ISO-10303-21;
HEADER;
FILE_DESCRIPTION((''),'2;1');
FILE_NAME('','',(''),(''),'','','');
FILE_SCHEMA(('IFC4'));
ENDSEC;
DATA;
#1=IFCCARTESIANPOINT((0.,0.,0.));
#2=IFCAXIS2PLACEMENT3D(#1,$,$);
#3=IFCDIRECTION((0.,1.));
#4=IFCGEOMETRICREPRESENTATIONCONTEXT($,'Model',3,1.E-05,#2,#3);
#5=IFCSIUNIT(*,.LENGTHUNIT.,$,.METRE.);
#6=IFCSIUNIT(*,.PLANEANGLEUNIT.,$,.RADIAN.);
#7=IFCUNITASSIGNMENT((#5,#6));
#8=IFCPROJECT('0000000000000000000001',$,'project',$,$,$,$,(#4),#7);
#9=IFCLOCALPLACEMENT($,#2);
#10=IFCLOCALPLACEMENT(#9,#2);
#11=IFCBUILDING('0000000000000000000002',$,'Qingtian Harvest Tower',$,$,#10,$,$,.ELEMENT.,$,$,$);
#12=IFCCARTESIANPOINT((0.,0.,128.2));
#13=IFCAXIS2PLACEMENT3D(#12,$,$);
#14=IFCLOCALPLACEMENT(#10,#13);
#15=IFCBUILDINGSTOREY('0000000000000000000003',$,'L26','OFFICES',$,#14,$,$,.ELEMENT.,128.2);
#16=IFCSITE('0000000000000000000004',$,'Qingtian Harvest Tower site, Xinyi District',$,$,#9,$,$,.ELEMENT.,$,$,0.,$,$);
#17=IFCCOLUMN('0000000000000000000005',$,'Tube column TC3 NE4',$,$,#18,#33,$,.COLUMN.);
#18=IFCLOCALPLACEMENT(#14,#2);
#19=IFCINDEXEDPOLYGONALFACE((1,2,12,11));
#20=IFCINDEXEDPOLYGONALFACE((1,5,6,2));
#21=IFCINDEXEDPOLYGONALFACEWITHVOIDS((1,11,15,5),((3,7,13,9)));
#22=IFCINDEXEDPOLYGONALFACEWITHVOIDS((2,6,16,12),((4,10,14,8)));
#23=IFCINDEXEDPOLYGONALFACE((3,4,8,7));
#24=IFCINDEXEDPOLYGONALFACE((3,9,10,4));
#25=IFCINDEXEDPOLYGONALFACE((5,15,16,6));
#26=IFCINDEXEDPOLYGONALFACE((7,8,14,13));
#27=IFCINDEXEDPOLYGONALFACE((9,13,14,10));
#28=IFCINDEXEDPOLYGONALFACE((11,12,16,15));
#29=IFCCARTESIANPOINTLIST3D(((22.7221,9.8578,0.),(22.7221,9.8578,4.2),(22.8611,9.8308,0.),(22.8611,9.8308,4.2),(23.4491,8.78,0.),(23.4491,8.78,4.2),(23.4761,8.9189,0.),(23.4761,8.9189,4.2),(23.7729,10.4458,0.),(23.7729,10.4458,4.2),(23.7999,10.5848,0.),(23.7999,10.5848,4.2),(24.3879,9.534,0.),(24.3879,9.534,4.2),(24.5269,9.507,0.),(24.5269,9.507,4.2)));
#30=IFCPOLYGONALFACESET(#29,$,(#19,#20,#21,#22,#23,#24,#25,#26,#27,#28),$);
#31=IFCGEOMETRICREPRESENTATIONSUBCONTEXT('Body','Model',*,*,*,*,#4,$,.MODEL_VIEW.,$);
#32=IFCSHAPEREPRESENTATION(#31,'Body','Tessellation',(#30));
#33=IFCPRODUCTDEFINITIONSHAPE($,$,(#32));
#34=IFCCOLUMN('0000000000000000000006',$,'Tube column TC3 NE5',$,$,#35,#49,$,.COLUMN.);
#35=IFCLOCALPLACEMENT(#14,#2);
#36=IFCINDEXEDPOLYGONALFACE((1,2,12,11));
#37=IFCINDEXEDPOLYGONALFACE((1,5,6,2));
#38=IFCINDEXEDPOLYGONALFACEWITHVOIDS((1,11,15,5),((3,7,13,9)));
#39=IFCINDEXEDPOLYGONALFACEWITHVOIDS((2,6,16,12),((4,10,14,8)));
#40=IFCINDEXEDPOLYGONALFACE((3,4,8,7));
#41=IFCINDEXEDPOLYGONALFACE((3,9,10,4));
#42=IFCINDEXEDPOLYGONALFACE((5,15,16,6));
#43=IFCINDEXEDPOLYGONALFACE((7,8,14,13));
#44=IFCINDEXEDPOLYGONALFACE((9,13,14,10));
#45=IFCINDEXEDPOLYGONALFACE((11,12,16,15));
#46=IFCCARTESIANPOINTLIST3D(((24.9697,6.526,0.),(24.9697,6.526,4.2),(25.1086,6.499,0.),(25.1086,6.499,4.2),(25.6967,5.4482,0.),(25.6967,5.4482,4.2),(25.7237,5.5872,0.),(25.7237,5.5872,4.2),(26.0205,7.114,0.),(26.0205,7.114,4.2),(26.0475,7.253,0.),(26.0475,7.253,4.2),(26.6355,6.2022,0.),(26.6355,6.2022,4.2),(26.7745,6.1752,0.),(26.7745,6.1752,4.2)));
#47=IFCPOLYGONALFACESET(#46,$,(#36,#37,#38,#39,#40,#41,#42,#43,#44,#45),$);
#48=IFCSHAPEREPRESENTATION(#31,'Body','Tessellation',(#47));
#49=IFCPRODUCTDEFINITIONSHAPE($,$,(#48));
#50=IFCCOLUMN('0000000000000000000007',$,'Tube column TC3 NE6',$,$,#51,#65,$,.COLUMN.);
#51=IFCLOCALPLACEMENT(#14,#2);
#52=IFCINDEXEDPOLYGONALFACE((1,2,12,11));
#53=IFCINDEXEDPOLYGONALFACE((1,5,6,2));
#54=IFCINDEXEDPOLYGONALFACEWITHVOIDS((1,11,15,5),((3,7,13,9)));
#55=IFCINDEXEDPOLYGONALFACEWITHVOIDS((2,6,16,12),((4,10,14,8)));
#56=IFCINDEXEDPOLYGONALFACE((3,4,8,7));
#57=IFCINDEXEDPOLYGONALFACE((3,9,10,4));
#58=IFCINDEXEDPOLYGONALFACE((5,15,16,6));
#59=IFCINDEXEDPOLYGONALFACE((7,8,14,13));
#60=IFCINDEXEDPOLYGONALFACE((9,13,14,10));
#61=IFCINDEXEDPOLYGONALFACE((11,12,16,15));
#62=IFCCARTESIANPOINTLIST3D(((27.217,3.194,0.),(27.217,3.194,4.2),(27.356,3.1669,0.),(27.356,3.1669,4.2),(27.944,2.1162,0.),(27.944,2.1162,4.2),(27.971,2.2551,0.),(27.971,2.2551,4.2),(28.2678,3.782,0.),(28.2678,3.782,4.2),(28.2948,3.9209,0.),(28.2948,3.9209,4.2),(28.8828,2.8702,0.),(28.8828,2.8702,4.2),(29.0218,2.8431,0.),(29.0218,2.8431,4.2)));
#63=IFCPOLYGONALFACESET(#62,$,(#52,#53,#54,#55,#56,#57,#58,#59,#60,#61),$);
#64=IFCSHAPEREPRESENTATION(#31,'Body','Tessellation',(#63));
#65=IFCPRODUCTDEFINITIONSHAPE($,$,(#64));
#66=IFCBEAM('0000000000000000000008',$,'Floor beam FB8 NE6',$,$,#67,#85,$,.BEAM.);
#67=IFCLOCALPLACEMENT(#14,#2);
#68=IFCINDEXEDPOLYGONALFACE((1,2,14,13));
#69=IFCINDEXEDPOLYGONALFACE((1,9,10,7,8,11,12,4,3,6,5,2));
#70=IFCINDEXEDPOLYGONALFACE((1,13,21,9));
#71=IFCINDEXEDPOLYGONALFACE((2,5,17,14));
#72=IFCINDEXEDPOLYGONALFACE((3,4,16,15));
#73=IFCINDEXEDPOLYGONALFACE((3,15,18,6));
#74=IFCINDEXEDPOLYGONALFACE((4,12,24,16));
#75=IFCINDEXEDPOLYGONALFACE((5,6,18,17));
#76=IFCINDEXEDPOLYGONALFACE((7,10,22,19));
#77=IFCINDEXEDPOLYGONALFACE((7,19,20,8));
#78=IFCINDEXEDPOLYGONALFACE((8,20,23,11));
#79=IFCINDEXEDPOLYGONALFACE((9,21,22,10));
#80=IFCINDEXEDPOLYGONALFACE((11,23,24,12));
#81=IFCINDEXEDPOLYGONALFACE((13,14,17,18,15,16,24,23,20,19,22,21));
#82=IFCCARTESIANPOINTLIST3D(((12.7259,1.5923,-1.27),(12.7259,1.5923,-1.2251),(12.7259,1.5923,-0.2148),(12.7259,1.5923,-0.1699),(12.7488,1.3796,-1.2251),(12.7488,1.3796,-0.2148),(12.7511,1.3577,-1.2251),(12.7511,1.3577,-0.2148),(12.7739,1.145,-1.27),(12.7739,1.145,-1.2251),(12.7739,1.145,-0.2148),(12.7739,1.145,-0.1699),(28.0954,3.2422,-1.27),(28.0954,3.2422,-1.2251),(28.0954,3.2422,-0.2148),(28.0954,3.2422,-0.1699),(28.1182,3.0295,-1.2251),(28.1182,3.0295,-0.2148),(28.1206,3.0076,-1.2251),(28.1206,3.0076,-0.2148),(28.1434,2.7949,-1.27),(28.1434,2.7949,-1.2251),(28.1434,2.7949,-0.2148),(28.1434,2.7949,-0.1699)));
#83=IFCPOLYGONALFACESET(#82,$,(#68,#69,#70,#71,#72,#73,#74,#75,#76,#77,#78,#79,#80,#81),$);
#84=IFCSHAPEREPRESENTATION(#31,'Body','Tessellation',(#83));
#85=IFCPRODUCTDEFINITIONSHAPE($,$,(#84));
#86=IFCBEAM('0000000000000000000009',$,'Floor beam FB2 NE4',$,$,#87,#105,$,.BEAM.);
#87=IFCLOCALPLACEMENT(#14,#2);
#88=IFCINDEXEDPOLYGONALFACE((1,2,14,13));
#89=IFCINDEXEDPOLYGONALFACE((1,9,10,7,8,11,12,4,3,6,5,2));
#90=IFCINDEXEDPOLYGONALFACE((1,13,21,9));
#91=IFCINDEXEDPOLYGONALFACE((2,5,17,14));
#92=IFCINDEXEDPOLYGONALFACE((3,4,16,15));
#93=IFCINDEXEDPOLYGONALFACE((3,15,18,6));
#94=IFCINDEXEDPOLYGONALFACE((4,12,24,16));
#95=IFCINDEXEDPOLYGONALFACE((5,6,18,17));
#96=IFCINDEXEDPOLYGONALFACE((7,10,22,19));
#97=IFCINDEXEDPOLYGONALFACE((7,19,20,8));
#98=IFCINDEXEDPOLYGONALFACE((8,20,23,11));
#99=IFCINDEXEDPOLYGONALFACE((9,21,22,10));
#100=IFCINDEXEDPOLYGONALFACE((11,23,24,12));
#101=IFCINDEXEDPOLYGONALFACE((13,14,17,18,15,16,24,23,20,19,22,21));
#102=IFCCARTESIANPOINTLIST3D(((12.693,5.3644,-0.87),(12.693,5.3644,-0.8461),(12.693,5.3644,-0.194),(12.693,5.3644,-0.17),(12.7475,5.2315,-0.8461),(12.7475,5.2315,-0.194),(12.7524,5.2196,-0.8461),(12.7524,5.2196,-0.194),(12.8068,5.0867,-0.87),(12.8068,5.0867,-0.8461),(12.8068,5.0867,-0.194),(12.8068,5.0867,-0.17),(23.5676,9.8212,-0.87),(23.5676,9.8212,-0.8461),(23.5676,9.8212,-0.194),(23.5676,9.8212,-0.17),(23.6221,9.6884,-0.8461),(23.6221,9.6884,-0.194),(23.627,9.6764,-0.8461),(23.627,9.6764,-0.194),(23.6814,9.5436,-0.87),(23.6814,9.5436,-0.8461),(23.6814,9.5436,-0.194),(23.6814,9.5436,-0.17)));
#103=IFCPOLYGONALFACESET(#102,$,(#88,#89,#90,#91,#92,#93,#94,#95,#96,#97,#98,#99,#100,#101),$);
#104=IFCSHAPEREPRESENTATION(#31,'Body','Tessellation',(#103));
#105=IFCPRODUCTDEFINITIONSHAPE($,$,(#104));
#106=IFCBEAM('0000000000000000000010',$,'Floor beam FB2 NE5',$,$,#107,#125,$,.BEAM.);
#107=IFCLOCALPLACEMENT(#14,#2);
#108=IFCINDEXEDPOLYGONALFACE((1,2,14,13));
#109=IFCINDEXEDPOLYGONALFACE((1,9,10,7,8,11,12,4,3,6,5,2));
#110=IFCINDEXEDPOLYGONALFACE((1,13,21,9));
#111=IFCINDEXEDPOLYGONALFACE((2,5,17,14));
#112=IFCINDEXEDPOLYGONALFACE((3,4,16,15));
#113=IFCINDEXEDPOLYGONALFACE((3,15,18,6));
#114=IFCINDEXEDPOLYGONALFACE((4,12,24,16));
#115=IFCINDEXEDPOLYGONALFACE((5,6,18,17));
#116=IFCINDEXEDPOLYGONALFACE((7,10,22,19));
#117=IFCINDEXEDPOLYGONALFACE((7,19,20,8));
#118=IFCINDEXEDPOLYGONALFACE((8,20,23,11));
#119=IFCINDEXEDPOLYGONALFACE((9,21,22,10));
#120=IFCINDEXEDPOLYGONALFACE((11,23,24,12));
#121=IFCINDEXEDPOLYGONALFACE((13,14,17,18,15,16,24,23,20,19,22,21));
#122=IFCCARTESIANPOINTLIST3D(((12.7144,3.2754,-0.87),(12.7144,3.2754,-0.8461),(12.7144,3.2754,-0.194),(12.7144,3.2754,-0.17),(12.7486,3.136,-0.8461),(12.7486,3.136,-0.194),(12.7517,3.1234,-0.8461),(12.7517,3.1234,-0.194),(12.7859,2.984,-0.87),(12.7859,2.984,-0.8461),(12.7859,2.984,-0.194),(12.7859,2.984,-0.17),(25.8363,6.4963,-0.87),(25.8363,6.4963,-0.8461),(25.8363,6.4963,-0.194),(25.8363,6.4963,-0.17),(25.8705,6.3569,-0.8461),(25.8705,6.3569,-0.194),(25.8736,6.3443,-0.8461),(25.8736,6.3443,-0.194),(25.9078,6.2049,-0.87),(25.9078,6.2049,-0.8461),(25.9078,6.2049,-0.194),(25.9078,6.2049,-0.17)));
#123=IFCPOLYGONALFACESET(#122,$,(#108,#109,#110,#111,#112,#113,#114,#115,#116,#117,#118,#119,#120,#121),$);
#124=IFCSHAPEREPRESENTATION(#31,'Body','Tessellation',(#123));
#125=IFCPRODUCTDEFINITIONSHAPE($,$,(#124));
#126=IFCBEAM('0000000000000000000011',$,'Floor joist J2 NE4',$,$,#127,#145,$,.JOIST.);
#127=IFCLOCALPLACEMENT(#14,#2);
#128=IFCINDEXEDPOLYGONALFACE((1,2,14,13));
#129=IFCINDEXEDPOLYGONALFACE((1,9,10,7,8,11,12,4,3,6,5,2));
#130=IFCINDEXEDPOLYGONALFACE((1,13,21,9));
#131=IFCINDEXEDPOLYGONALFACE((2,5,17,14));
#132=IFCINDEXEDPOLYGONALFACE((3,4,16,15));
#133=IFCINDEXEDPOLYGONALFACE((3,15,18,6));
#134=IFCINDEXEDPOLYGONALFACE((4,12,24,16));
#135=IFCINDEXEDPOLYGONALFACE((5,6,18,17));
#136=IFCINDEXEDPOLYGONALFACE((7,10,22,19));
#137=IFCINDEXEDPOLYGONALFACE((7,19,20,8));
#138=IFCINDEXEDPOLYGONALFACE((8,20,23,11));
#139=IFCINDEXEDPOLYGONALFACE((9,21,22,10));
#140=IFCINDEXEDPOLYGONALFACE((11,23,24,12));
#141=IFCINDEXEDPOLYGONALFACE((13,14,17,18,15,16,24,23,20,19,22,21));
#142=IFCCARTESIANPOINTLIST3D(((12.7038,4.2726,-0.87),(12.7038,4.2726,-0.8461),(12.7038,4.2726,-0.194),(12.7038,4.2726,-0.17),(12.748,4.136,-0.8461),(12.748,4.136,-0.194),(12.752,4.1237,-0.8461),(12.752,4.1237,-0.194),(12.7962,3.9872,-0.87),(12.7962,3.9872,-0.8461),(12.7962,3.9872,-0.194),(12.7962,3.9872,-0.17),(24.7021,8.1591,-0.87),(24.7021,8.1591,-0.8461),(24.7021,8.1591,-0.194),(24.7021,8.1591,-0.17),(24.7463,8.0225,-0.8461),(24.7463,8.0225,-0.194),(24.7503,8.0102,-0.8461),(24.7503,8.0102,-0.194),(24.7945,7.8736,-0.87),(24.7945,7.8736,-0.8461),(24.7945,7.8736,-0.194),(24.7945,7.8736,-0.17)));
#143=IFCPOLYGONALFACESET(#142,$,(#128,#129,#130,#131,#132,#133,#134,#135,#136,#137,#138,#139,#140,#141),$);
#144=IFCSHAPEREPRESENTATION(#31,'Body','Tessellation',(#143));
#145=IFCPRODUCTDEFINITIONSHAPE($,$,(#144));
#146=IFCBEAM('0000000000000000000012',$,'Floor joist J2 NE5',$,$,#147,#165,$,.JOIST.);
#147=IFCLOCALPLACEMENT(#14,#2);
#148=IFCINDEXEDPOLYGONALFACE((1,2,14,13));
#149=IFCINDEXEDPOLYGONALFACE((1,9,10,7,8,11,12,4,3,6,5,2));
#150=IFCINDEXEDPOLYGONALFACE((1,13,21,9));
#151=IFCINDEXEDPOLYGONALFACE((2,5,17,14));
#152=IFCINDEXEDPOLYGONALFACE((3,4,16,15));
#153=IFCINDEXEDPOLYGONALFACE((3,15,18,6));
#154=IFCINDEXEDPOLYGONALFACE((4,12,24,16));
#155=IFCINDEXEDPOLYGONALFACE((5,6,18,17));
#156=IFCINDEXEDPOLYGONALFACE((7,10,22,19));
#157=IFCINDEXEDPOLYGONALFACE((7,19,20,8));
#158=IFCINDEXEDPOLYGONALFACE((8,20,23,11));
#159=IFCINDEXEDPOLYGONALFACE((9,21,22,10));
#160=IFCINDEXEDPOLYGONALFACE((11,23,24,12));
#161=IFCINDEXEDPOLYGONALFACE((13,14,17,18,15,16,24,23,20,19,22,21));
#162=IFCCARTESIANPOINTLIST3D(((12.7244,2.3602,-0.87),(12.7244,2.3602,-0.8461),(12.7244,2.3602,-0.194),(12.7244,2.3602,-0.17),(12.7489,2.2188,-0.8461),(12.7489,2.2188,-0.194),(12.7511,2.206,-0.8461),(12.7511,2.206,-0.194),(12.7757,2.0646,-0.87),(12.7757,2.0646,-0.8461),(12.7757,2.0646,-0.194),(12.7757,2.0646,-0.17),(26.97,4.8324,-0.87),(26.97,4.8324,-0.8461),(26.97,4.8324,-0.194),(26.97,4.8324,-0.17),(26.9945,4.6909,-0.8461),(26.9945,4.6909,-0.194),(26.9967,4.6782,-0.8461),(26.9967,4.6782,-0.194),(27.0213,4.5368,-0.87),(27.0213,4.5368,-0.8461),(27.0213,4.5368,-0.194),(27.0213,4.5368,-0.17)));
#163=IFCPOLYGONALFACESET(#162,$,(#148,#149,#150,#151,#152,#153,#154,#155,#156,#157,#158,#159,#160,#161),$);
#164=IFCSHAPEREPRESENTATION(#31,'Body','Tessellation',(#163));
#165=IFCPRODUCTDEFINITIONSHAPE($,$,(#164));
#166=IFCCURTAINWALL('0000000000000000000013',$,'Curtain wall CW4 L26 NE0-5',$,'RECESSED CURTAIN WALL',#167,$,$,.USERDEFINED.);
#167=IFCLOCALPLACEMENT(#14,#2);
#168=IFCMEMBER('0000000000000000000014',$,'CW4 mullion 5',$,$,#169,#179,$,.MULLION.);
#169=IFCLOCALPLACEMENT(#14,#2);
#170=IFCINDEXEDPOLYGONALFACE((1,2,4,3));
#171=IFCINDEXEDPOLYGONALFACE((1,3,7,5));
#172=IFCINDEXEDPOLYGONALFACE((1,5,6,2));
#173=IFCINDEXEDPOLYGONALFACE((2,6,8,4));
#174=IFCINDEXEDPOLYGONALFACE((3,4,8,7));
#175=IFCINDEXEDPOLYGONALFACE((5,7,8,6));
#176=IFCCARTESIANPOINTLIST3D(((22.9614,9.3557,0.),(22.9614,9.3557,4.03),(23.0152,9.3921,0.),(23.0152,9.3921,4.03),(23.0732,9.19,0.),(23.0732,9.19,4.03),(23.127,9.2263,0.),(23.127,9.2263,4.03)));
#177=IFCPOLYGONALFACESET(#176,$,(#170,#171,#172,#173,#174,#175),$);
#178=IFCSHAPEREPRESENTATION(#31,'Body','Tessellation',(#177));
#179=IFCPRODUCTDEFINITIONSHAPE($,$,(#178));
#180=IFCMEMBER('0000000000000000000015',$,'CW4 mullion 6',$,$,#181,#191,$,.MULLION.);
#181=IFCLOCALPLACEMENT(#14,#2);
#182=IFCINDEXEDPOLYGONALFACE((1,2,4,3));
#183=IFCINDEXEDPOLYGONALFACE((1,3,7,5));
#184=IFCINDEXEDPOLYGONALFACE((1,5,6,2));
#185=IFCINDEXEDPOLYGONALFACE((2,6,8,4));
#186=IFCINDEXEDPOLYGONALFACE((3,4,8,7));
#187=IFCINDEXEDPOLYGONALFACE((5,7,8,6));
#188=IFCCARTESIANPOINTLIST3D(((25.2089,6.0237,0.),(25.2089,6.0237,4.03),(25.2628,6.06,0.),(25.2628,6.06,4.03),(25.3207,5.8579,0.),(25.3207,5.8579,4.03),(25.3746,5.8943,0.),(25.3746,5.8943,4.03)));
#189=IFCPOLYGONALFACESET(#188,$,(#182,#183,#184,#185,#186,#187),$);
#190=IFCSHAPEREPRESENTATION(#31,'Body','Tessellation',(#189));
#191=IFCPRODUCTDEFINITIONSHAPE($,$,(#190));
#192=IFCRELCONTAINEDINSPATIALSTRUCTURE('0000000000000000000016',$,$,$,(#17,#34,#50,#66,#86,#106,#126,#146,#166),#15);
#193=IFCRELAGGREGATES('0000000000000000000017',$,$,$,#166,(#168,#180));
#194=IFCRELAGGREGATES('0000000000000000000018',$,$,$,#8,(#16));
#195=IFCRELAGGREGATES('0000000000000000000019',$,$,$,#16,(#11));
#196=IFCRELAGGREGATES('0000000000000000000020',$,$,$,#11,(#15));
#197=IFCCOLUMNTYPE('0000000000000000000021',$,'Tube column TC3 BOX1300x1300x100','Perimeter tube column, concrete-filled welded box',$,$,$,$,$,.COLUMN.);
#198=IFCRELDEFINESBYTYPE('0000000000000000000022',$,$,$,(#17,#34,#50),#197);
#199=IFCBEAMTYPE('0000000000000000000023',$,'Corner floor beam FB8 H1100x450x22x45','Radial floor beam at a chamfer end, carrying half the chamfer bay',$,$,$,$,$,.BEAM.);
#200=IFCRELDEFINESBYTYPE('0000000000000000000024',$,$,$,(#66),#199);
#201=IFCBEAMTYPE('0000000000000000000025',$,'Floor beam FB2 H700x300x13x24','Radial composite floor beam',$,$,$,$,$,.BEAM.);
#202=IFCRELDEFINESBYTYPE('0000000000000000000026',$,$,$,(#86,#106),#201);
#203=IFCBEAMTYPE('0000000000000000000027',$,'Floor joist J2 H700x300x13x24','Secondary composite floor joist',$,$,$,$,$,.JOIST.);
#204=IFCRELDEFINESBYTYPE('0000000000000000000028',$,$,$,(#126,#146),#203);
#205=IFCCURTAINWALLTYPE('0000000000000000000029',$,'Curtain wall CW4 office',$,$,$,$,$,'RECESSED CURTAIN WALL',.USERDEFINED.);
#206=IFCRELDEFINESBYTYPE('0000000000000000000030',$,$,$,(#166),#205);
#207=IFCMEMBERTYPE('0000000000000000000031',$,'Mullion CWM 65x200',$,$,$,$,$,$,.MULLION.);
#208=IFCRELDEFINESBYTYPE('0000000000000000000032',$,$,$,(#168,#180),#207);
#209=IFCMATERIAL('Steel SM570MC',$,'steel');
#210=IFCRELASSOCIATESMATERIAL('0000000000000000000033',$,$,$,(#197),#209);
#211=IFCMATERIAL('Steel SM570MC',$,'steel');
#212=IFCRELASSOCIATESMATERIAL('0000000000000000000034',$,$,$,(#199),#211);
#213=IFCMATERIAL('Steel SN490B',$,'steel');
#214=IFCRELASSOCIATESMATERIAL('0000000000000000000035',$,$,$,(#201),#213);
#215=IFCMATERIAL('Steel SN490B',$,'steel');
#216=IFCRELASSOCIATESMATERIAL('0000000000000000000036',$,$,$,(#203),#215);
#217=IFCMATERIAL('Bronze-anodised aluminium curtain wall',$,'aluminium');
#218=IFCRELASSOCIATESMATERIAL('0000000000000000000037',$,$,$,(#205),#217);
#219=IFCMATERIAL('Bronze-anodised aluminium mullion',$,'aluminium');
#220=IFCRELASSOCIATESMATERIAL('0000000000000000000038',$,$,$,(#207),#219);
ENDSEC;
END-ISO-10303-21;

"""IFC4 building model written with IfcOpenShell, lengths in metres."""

from ifc_helpers import new_model, si_unit, direction, frame, origin, origin_2d, place, context, subcontext, project, spatial, rectangle, hollow_rectangle, i_section, extrude, material, material_profile, profile_set, type_object, element, aggregate, save


model = new_model("IFC4")

# Units and contexts
model_context = context("Model", 3, precision=1e-05, world=origin(), true_north=direction((0.0, 1.0)))
body_context = subcontext(model_context, "Body", "Model", "MODEL_VIEW")
ifc_project = project(units=[si_unit("LENGTHUNIT", "METRE"), si_unit("PLANEANGLEUNIT", "RADIAN")], contexts=[model_context])

# Site, building, storey
site_placement = place(None, origin())
site = spatial("IfcSite", under=ifc_project, at=site_placement, Name="Qingtian Harvest Tower site, Xinyi District", CompositionType="ELEMENT", RefElevation=0.0)
building_placement = place(site_placement, origin())
building = spatial("IfcBuilding", under=site, at=building_placement, Name="Qingtian Harvest Tower", CompositionType="ELEMENT")
storey_placement = place(building_placement, frame((0.0, 0.0, 128.2)))
storey = spatial("IfcBuildingStorey", under=building, at=storey_placement, Name="L26", Description="OFFICES", CompositionType="ELEMENT", Elevation=128.2)

# Columns
ifc_material_1 = material(Name="Steel SM570MC", Category="steel")
ifc_material_profile_1 = material_profile(ifc_material_1, hollow_rectangle(XDim=1.3, YDim=1.3, WallThickness=0.1001, at=origin_2d()), Name="BOX1300x1300x100")
ifc_profile_set_1 = profile_set([ifc_material_profile_1], Name="Steel SM570MC")
column_type = type_object("IfcColumnType", Name="Tube column TC3 BOX1300x1300x100", Description="Perimeter tube column, concrete-filled welded box", PredefinedType="COLUMN", material=ifc_profile_set_1)
for number, where, z_axis, x_axis, name in (
    (1, (23.6245, 9.6824, 0.0), (0.0, 0.0, 1.0), (-0.559193, 0.829038, 0.0), "Tube column TC3 NE4"),
    (2, (25.8721, 6.3506, 0.0), (0.0, 0.0, 1.0), (-0.559193, 0.829038, 0.0), "Tube column TC3 NE5"),
    (3, (28.1194, 3.0186, 0.0), (0.0, 0.0, 1.0), (-0.559193, 0.829038, 0.0), "Tube column TC3 NE6"),
):
    element("IfcColumn", number, at=place(storey_placement, frame(where, z_axis=z_axis, x_axis=x_axis)), inside=storey, type_object=column_type, Name=name, PredefinedType="COLUMN", context=body_context, shape_type="SweptSolid", body=[
        extrude(hollow_rectangle(XDim=1.3, YDim=1.3, WallThickness=0.1001, at=origin_2d()), origin(), (0.0, 0.0, 1.0), 4.2),
    ])

# Beams
ifc_material_2 = material(Name="Steel SM570MC", Category="steel")
ifc_material_profile_2 = material_profile(ifc_material_2, i_section(OverallWidth=0.45, OverallDepth=1.1001, WebThickness=0.022, FlangeThickness=0.0449, at=origin_2d()), Name="H1100x450x22x45")
ifc_profile_set_2 = profile_set([ifc_material_profile_2], Name="Steel SM570MC")
beam_type_1 = type_object("IfcBeamType", Name="Corner floor beam FB8 H1100x450x22x45", Description="Radial floor beam at a chamfer end, carrying half the chamfer bay", PredefinedType="BEAM", material=ifc_profile_set_2)
beam_1_placement = place(storey_placement, frame((28.1194, 3.0186, -0.72), z_axis=(-0.994287, -0.106737, 0.0), x_axis=(0.106737, -0.994287, 0.0)))
element("IfcBeam", 4, at=beam_1_placement, inside=storey, type_object=beam_type_1, Name="Floor beam FB8 NE6", PredefinedType="BEAM", context=body_context, shape_type="SweptSolid", body=[
    extrude(i_section(OverallWidth=0.45, OverallDepth=1.1001, WebThickness=0.022, FlangeThickness=0.0449, at=origin_2d()), origin(), (0.0, 0.0, 1.0), 15.4578),
])
ifc_material_3 = material(Name="Steel SN490B", Category="steel")
ifc_material_profile_3 = material_profile(ifc_material_3, i_section(OverallWidth=0.3, OverallDepth=0.7, WebThickness=0.0129, FlangeThickness=0.0239, at=origin_2d()), Name="H700x300x13x24")
ifc_profile_set_3 = profile_set([ifc_material_profile_3], Name="Steel SN490B")
beam_type_2 = type_object("IfcBeamType", Name="Floor beam FB2 H700x300x13x24", Description="Radial composite floor beam", PredefinedType="BEAM", material=ifc_profile_set_3)
beam_2_placement = place(storey_placement, frame((23.6245, 9.6824, -0.52), z_axis=(-0.925305, -0.379225, 0.0), x_axis=(0.379225, -0.925305, 0.0)))
element("IfcBeam", 5, at=beam_2_placement, inside=storey, type_object=beam_type_2, Name="Floor beam FB2 NE4", PredefinedType="BEAM", context=body_context, shape_type="SweptSolid", body=[
    extrude(i_section(OverallWidth=0.3, OverallDepth=0.7, WebThickness=0.0129, FlangeThickness=0.0239, at=origin_2d()), origin(), (0.0, 0.0, 1.0), 11.7524),
])
beam_3_placement = place(storey_placement, frame((25.8721, 6.3506, -0.52), z_axis=(-0.971171, -0.238384, 0.0), x_axis=(0.238384, -0.971171, 0.0)))
element("IfcBeam", 6, at=beam_3_placement, inside=storey, type_object=beam_type_2, Name="Floor beam FB2 NE5", PredefinedType="BEAM", context=body_context, shape_type="SweptSolid", body=[
    extrude(i_section(OverallWidth=0.3, OverallDepth=0.7, WebThickness=0.0129, FlangeThickness=0.0239, at=origin_2d()), origin(), (0.0, 0.0, 1.0), 13.5115),
])
ifc_material_4 = material(Name="Steel SN490B", Category="steel")
ifc_material_profile_4 = material_profile(ifc_material_4, i_section(OverallWidth=0.3, OverallDepth=0.7, WebThickness=0.0129, FlangeThickness=0.0239, at=origin_2d()), Name="H700x300x13x24")
ifc_profile_set_4 = profile_set([ifc_material_profile_4], Name="Steel SN490B")
beam_type_3 = type_object("IfcBeamType", Name="Floor joist J2 H700x300x13x24", Description="Secondary composite floor joist", PredefinedType="JOIST", material=ifc_profile_set_4)
beam_4_placement = place(storey_placement, frame((24.7483, 8.0164, -0.52), z_axis=(-0.951336, -0.308156, 0.0), x_axis=(0.308156, -0.951336, 0.0)))
element("IfcBeam", 7, at=beam_4_placement, inside=storey, type_object=beam_type_3, Name="Floor joist J2 NE4", PredefinedType="JOIST", context=body_context, shape_type="SweptSolid", body=[
    extrude(i_section(OverallWidth=0.3, OverallDepth=0.7, WebThickness=0.0129, FlangeThickness=0.0239, at=origin_2d()), origin(), (0.0, 0.0, 1.0), 12.6121),
])
beam_5_placement = place(storey_placement, frame((26.9956, 4.6846, -0.52), z_axis=(-0.985274, -0.170983, 0.0), x_axis=(0.170983, -0.985274, 0.0)))
element("IfcBeam", 8, at=beam_5_placement, inside=storey, type_object=beam_type_3, Name="Floor joist J2 NE5", PredefinedType="JOIST", context=body_context, shape_type="SweptSolid", body=[
    extrude(i_section(OverallWidth=0.3, OverallDepth=0.7, WebThickness=0.0129, FlangeThickness=0.0239, at=origin_2d()), origin(), (0.0, 0.0, 1.0), 14.4585),
])

# Curtain wall, members
ifc_material_5 = material(Name="Bronze-anodised aluminium curtain wall", Category="aluminium")
curtain_wall_type = type_object("IfcCurtainWallType", Name="Curtain wall CW4 office", ElementType="RECESSED CURTAIN WALL", PredefinedType="USERDEFINED", material=ifc_material_5)
curtain_wall_1_placement = place(storey_placement, origin())
curtain_wall_1 = element("IfcCurtainWall", 9, at=curtain_wall_1_placement, inside=storey, type_object=curtain_wall_type, Name="Curtain wall CW4 L26 NE0-5", ObjectType="RECESSED CURTAIN WALL", PredefinedType="USERDEFINED")
ifc_material_6 = material(Name="Bronze-anodised aluminium mullion", Category="aluminium")
ifc_material_profile_5 = material_profile(ifc_material_6, rectangle(XDim=0.0649, YDim=0.2, at=origin_2d()), Name="AL 65x200")
ifc_profile_set_5 = profile_set([ifc_material_profile_5], Name="Bronze-anodised aluminium mullion")
member_type_1 = type_object("IfcMemberType", Name="Mullion CWM 65x200", PredefinedType="MULLION", material=ifc_profile_set_5)
member_1_placement = place(storey_placement, frame((23.0442, 9.291, 0.0), z_axis=(0.0, 0.0, 1.0), x_axis=(0.829038, 0.559193, 0.0)))
member_1 = element("IfcMember", 10, at=member_1_placement, type_object=member_type_1, Name="CW4 mullion 5", PredefinedType="MULLION", context=body_context, shape_type="SweptSolid", body=[
    extrude(rectangle(XDim=0.0649, YDim=0.2, at=origin_2d()), origin(), (0.0, 0.0, 1.0), 4.03),
])
member_2_placement = place(storey_placement, frame((25.2917, 5.959, 0.0), z_axis=(0.0, 0.0, 1.0), x_axis=(0.829038, 0.559193, 0.0)))
member_2 = element("IfcMember", 11, at=member_2_placement, type_object=member_type_1, Name="CW4 mullion 6", PredefinedType="MULLION", context=body_context, shape_type="SweptSolid", body=[
    extrude(rectangle(XDim=0.0649, YDim=0.2, at=origin_2d()), origin(), (0.0, 0.0, 1.0), 4.03),
])

aggregate(curtain_wall_1, [member_1, member_2])

save(model, "model.ifc")
